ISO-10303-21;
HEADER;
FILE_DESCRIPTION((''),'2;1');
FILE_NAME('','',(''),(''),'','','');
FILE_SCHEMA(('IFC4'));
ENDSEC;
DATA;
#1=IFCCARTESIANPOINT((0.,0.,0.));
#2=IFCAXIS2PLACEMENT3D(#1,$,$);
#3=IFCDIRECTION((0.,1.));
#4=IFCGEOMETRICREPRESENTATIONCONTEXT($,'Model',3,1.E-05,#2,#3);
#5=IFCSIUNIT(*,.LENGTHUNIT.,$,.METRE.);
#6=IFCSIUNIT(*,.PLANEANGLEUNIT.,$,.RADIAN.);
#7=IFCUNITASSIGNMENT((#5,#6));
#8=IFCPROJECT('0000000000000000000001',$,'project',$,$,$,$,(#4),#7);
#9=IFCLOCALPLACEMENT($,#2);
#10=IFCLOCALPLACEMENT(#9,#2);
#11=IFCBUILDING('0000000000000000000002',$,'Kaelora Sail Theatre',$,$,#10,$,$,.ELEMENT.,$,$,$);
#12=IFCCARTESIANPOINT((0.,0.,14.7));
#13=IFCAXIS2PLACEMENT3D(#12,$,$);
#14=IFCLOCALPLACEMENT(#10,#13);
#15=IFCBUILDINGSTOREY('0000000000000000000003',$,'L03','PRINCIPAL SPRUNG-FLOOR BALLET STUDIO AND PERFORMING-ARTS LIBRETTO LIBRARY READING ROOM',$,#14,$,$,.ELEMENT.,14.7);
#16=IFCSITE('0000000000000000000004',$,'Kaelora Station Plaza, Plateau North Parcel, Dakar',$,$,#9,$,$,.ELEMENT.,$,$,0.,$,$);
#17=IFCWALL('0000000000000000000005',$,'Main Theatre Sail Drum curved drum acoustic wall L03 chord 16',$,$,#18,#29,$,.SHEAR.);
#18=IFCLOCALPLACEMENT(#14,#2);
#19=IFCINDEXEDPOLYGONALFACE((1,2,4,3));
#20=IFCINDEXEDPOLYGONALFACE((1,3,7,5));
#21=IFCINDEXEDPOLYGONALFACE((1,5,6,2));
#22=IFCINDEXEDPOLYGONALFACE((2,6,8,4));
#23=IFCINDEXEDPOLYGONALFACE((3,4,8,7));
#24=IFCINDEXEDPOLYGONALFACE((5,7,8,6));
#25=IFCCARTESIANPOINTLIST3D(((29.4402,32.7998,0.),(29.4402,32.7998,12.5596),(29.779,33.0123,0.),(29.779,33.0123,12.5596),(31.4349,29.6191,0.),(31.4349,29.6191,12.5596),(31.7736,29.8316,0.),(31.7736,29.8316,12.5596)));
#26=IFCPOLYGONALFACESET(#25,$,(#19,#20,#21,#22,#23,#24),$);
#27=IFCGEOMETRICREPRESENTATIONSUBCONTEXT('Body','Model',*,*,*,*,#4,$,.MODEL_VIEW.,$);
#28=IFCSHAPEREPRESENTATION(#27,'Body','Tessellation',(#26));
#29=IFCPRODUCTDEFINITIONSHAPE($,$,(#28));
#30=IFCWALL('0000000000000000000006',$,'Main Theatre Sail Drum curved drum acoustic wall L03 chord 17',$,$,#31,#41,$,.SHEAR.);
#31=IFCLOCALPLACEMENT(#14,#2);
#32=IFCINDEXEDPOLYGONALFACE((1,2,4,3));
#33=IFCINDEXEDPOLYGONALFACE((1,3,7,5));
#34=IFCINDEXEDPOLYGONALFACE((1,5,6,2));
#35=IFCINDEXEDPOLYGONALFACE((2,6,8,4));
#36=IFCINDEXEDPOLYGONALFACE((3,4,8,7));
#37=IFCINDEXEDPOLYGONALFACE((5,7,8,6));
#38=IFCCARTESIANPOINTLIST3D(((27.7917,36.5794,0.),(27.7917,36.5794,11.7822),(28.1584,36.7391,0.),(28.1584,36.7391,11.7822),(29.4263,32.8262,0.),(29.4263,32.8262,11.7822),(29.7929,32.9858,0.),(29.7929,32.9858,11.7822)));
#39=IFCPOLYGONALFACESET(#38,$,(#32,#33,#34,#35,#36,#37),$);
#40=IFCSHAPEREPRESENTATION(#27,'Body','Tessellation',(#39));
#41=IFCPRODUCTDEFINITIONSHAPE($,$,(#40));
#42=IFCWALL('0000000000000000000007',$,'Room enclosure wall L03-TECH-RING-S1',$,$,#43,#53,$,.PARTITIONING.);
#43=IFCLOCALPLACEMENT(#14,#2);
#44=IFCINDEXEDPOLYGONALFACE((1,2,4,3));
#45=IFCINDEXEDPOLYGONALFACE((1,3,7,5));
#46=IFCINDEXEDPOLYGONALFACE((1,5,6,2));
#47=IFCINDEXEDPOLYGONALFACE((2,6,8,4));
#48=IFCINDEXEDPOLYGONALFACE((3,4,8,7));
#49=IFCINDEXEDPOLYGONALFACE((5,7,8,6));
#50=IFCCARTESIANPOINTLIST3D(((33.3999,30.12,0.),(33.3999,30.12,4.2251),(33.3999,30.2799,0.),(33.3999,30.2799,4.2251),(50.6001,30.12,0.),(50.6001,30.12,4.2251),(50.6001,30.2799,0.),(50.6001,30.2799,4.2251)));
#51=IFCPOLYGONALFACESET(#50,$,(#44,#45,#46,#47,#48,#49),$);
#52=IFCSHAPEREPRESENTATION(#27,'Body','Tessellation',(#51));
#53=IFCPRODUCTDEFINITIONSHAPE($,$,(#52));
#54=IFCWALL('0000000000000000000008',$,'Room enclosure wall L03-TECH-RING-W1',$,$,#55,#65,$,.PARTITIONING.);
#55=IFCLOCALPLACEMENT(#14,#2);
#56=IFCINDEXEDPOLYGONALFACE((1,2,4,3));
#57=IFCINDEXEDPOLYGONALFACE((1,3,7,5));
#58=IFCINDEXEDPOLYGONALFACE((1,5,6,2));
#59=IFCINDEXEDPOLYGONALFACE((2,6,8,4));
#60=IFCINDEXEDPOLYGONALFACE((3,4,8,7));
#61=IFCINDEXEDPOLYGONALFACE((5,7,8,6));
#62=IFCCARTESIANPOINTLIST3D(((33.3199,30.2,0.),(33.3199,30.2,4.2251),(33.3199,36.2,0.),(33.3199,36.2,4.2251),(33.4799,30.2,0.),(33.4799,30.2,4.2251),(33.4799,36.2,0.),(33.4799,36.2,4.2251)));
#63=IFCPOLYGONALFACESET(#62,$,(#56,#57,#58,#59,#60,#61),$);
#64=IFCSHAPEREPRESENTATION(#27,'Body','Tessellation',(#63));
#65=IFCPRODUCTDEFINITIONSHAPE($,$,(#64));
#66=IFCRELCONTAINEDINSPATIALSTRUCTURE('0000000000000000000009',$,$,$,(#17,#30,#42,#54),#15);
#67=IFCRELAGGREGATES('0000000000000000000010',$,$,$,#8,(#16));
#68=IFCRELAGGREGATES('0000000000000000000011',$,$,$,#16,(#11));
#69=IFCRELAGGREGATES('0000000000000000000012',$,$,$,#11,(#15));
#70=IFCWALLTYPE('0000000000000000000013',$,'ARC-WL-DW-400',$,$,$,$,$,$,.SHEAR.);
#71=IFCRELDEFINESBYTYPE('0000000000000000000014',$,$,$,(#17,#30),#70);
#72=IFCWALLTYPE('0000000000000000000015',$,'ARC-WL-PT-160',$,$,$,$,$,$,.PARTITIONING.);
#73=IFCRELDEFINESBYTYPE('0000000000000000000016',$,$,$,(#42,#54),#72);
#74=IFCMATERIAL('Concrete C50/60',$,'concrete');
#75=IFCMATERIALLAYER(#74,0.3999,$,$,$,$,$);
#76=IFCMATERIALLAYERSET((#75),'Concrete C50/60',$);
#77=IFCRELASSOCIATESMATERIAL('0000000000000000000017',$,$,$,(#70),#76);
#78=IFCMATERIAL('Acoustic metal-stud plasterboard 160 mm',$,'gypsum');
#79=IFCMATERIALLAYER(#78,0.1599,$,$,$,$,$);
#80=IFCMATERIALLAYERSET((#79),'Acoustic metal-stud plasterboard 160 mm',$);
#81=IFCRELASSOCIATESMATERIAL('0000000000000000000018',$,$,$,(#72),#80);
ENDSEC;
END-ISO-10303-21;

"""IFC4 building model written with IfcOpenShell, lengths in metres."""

from ifc_helpers import new_model, si_unit, direction, frame, frame_2d, origin, place, context, subcontext, project, spatial, rectangle, extrude, material, layer, layer_set, type_object, element, save


model = new_model("IFC4")

# Units and contexts
model_context = context("Model", 3, precision=1e-05, world=origin(), true_north=direction((0.0, 1.0)))
body_context = subcontext(model_context, "Body", "Model", "MODEL_VIEW")
ifc_project = project(units=[si_unit("LENGTHUNIT", "METRE"), si_unit("PLANEANGLEUNIT", "RADIAN")], contexts=[model_context])

# Site, building, storey
site_placement = place(None, origin())
site = spatial("IfcSite", under=ifc_project, at=site_placement, Name="Kaelora Station Plaza, Plateau North Parcel, Dakar", CompositionType="ELEMENT", RefElevation=0.0)
building_placement = place(site_placement, origin())
building = spatial("IfcBuilding", under=site, at=building_placement, Name="Kaelora Sail Theatre", CompositionType="ELEMENT")
storey_placement = place(building_placement, frame((0.0, 0.0, 14.7)))
storey = spatial("IfcBuildingStorey", under=building, at=storey_placement, Name="L03", Description="PRINCIPAL SPRUNG-FLOOR BALLET STUDIO AND PERFORMING-ARTS LIBRETTO LIBRARY READING ROOM", CompositionType="ELEMENT", Elevation=14.7)

# Walls
ifc_material_1 = material(Name="Concrete C50/60", Category="concrete")
ifc_layer_1 = layer(ifc_material_1, 0.3999)
ifc_layer_set_1 = layer_set([ifc_layer_1], Name="Concrete C50/60")
wall_type_1 = type_object("IfcWallType", Name="ARC-WL-DW-400", PredefinedType="SHEAR", material=ifc_layer_set_1)
wall_1_placement = place(storey_placement, frame((31.6042, 29.7253, 0.0), z_axis=(0.0, 0.0, 1.0), x_axis=(-0.531284, 0.847194, 0.0)))
element("IfcWall", 1, at=wall_1_placement, inside=storey, type_object=wall_type_1, Name="Main Theatre Sail Drum curved drum acoustic wall L03 chord 16", PredefinedType="SHEAR", context=body_context, shape_type="SweptSolid", body=[
    extrude(rectangle(XDim=3.7544, YDim=0.3999, at=frame_2d((1.8772, 0.0))), origin(), (0.0, 0.0, 1.0), 12.5596),
])
wall_2_placement = place(storey_placement, frame((29.6096, 32.906, 0.0), z_axis=(0.0, 0.0, 1.0), x_axis=(-0.399282, 0.916828, 0.0)))
element("IfcWall", 2, at=wall_2_placement, inside=storey, type_object=wall_type_1, Name="Main Theatre Sail Drum curved drum acoustic wall L03 chord 17", PredefinedType="SHEAR", context=body_context, shape_type="SweptSolid", body=[
    extrude(rectangle(XDim=4.0938, YDim=0.3999, at=frame_2d((2.0469, 0.0))), origin(), (0.0, 0.0, 1.0), 11.7822),
])
ifc_material_2 = material(Name="Acoustic metal-stud plasterboard 160 mm", Category="gypsum")
ifc_layer_2 = layer(ifc_material_2, 0.1599)
ifc_layer_set_2 = layer_set([ifc_layer_2], Name="Acoustic metal-stud plasterboard 160 mm")
wall_type_2 = type_object("IfcWallType", Name="ARC-WL-PT-160", PredefinedType="PARTITIONING", material=ifc_layer_set_2)
wall_3_placement = place(storey_placement, frame((33.3999, 30.2, 0.0), z_axis=(0.0, 0.0, 1.0), x_axis=(1.0, 0.0, 0.0)))
element("IfcWall", 3, at=wall_3_placement, inside=storey, type_object=wall_type_2, Name="Room enclosure wall L03-TECH-RING-S1", PredefinedType="PARTITIONING", context=body_context, shape_type="SweptSolid", body=[
    extrude(rectangle(XDim=17.2002, YDim=0.1599, at=frame_2d((8.6001, 0.0))), origin(), (0.0, 0.0, 1.0), 4.2251),
])
wall_4_placement = place(storey_placement, frame((33.3999, 30.2, 0.0), z_axis=(0.0, 0.0, 1.0), x_axis=(0.0, 1.0, 0.0)))
element("IfcWall", 4, at=wall_4_placement, inside=storey, type_object=wall_type_2, Name="Room enclosure wall L03-TECH-RING-W1", PredefinedType="PARTITIONING", context=body_context, shape_type="SweptSolid", body=[
    extrude(rectangle(XDim=6.0, YDim=0.1599, at=frame_2d((3.0, 0.0))), origin(), (0.0, 0.0, 1.0), 4.2251),
])

save(model, "model.ifc")
